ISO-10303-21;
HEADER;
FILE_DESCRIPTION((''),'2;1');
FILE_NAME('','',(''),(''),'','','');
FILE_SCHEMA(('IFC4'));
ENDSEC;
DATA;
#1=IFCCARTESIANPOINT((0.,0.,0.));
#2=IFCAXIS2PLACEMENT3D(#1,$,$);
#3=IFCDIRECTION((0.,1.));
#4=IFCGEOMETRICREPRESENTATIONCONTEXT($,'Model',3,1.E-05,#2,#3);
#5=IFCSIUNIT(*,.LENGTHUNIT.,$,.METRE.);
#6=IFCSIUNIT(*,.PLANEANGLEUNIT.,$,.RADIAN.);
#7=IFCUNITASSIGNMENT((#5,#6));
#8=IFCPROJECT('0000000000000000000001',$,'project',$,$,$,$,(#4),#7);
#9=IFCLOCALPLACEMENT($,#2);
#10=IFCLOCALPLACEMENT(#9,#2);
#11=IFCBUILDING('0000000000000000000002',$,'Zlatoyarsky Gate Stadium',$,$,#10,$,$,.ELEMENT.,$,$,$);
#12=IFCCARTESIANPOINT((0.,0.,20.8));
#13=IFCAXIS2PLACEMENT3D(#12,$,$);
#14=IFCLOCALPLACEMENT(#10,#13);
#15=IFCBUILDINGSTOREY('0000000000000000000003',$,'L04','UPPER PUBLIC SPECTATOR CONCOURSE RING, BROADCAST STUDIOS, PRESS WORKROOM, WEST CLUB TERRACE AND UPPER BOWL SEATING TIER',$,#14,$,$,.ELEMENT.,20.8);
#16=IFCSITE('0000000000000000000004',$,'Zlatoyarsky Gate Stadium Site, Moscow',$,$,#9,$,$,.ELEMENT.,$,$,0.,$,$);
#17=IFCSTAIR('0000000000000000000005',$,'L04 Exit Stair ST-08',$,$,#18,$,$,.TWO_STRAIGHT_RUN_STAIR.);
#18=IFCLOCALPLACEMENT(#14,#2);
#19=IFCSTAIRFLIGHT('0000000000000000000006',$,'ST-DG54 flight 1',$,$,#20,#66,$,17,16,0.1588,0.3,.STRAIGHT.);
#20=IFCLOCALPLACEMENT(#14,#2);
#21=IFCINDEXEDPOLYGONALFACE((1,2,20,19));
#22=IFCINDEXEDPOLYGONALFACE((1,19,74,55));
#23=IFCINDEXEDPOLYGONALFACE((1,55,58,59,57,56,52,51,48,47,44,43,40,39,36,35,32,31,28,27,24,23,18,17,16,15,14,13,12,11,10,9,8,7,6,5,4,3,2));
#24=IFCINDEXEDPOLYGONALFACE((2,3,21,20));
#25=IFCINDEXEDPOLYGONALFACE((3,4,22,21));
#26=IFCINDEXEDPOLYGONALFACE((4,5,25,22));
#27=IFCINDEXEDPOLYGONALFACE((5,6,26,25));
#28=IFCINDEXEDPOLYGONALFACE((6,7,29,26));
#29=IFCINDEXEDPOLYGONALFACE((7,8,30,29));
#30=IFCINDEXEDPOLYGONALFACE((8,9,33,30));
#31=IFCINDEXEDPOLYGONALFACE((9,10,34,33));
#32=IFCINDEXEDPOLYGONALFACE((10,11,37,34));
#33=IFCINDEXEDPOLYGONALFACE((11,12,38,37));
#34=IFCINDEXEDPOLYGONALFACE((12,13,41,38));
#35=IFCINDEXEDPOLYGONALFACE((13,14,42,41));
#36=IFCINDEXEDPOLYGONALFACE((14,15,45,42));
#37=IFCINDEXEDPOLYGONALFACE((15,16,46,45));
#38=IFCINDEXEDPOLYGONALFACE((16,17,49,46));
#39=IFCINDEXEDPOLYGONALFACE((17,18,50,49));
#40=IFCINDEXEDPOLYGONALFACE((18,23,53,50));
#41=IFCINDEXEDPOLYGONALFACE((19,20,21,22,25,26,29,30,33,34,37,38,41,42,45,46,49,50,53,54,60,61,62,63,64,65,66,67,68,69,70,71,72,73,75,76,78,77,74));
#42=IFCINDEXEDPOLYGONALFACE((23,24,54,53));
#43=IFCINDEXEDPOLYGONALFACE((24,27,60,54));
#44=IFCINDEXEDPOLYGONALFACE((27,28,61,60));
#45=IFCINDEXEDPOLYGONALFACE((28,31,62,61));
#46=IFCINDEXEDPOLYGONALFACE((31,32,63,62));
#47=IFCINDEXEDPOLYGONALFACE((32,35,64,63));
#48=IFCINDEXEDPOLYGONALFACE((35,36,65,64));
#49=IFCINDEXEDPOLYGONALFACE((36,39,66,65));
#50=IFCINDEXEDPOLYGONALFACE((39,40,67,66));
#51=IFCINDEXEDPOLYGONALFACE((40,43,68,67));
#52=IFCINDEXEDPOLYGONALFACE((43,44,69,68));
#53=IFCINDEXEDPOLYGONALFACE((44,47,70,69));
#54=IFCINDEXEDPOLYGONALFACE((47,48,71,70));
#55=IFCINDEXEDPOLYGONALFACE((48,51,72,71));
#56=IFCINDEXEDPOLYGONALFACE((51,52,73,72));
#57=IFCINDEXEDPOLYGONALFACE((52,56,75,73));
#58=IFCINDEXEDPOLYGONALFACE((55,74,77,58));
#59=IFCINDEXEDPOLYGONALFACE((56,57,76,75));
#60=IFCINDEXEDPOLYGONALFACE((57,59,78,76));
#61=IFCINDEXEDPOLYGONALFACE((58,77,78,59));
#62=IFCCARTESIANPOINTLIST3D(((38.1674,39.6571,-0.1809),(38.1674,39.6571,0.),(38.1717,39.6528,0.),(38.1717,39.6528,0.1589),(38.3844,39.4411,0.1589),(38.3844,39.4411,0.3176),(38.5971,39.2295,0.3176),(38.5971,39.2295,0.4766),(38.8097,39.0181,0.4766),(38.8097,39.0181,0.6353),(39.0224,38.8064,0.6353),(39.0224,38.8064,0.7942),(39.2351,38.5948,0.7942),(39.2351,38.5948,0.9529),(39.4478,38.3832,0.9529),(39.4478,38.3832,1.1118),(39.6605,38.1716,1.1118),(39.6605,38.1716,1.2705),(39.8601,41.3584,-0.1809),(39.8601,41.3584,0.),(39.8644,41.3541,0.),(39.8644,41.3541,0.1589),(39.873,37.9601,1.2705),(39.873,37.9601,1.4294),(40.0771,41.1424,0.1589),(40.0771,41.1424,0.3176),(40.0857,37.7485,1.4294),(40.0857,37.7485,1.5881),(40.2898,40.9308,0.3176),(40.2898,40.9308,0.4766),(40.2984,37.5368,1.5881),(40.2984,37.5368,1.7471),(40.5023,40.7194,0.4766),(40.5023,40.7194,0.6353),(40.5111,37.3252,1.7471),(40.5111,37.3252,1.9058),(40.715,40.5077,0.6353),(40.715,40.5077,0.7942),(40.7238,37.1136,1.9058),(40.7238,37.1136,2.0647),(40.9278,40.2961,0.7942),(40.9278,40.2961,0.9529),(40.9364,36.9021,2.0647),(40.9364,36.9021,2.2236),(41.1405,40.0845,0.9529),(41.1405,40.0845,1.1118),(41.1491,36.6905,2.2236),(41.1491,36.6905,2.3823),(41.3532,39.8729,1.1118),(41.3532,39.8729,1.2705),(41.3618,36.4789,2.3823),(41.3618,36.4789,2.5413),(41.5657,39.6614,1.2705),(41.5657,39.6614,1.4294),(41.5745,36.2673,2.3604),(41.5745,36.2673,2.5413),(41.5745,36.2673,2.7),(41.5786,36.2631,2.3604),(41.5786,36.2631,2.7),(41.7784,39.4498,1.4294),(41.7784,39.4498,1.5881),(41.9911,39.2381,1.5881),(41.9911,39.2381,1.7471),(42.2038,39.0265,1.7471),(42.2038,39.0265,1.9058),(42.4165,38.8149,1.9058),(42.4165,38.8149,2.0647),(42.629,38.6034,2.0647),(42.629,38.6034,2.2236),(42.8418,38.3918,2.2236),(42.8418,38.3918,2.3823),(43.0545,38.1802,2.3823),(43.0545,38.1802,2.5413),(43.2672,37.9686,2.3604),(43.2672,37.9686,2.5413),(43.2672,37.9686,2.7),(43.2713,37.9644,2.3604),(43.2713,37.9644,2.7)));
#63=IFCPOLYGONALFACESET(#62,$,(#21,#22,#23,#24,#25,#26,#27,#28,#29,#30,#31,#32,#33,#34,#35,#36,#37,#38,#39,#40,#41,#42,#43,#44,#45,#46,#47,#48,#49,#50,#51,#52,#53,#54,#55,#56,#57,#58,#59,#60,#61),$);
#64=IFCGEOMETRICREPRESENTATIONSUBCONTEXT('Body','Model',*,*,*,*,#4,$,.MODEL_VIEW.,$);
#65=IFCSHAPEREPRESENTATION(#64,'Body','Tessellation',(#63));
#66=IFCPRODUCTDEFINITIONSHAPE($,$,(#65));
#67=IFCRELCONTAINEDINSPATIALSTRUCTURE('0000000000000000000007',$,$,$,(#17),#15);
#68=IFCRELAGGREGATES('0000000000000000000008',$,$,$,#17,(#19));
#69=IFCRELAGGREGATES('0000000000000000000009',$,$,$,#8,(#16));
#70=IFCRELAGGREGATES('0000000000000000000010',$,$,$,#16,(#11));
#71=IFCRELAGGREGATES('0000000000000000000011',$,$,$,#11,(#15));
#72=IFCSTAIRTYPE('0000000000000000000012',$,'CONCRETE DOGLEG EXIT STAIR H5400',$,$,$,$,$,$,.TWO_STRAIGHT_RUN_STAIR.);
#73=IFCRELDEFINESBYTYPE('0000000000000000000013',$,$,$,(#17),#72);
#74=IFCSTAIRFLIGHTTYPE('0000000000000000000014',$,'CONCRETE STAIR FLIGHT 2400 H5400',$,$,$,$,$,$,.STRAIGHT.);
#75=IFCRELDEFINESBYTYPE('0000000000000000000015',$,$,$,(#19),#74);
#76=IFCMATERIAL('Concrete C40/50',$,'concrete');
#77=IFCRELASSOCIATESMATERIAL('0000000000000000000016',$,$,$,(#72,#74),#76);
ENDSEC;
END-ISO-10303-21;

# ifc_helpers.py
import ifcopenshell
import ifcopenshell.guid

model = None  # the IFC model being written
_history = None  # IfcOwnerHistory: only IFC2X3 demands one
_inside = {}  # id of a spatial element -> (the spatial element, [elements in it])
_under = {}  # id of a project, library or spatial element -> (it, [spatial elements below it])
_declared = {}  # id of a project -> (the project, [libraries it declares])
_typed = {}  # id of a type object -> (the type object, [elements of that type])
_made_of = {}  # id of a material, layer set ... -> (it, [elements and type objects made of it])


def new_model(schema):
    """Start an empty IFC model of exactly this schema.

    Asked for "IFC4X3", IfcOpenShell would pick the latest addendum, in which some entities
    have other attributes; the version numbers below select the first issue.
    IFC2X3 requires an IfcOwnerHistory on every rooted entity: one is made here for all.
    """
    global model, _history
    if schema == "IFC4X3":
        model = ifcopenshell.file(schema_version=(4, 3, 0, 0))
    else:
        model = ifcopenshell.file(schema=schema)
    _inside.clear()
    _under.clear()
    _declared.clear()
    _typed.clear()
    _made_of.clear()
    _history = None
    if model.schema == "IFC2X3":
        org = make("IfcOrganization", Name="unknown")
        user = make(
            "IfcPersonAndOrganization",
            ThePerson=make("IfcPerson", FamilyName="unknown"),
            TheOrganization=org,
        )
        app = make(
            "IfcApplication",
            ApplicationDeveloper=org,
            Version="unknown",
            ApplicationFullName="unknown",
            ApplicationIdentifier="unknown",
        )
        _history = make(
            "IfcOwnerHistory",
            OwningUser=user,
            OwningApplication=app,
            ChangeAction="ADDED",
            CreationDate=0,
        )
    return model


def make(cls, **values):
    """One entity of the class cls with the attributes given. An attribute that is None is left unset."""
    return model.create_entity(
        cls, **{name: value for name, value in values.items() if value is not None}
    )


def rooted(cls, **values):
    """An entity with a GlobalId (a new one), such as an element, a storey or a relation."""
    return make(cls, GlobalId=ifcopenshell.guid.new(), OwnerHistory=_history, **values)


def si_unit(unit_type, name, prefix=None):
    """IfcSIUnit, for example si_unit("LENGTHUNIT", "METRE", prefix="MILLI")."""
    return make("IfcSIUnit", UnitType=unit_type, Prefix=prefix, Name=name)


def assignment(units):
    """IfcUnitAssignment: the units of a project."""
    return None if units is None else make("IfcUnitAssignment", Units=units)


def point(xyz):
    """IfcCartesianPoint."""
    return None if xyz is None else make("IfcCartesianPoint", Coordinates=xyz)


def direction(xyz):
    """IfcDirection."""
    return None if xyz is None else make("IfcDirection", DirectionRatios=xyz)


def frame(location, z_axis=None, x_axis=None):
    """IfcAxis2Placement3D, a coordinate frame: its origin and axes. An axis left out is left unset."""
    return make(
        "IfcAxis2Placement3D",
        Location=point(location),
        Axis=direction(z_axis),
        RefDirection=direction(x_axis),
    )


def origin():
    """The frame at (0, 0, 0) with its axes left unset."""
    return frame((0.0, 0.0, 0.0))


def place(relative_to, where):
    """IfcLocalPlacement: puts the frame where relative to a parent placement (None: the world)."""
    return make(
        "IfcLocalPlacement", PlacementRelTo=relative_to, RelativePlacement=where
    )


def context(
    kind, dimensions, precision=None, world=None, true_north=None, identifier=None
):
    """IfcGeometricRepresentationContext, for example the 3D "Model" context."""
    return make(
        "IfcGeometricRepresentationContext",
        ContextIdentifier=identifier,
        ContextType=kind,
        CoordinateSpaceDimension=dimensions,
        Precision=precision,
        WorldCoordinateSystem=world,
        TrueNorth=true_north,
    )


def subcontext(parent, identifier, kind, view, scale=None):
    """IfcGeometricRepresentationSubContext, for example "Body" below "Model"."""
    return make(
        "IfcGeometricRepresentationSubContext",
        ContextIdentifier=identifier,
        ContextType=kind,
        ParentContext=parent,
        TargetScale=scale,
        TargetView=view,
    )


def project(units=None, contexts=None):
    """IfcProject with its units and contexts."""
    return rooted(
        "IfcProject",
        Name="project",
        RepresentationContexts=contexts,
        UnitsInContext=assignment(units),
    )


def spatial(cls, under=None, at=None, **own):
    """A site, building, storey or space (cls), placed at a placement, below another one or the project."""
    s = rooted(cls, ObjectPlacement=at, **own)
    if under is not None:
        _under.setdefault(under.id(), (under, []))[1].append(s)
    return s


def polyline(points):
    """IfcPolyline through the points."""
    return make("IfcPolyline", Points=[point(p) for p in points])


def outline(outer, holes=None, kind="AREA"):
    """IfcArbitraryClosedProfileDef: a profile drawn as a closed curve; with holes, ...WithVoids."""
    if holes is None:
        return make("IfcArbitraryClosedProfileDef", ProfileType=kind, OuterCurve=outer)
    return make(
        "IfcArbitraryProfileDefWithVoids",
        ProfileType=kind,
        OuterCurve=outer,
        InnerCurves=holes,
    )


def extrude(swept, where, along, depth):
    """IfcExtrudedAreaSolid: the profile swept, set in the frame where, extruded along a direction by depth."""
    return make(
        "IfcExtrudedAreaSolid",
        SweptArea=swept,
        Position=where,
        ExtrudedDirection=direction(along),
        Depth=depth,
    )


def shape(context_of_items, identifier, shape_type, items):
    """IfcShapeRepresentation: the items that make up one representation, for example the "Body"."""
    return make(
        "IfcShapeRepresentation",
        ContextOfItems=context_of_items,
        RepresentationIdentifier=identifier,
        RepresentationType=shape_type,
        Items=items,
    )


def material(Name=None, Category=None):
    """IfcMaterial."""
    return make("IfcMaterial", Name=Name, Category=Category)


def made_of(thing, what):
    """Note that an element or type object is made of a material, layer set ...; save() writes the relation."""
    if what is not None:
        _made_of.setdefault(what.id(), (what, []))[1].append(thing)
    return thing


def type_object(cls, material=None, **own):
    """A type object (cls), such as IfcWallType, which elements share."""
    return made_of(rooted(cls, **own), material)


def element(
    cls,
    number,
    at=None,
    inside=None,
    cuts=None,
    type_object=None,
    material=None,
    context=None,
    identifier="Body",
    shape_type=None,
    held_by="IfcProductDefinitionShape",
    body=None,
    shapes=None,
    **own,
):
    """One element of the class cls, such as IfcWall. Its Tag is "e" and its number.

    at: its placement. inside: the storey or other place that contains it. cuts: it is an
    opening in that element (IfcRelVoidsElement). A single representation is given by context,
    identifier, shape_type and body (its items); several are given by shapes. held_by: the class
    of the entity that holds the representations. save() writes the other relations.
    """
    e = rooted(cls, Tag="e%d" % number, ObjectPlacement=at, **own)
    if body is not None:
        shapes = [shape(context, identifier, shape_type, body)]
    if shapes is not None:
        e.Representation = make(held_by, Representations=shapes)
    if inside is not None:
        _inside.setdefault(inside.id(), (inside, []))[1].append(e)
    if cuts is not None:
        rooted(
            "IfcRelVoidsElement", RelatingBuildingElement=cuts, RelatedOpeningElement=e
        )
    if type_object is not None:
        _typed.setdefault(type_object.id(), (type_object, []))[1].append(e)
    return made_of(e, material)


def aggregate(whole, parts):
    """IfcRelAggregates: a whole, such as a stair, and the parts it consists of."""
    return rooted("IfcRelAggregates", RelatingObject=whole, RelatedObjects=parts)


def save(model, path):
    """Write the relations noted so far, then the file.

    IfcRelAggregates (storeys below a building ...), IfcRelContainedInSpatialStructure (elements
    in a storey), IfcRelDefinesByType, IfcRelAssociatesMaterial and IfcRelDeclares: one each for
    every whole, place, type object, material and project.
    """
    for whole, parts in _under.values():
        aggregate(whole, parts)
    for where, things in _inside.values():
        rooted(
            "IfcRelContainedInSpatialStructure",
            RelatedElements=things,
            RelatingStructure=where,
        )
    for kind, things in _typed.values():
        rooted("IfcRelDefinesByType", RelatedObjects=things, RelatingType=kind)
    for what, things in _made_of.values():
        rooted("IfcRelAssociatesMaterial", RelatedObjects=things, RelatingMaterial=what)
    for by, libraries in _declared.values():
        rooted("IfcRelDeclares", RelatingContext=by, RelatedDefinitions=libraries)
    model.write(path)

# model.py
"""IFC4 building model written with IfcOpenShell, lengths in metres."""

from ifc_helpers import new_model, si_unit, direction, frame, origin, place, context, subcontext, project, spatial, polyline, outline, extrude, material, type_object, element, aggregate, save


model = new_model("IFC4")

# Units and contexts
model_context = context("Model", 3, precision=1e-05, world=origin(), true_north=direction((0.0, 1.0)))
body_context = subcontext(model_context, "Body", "Model", "MODEL_VIEW")
ifc_project = project(units=[si_unit("LENGTHUNIT", "METRE"), si_unit("PLANEANGLEUNIT", "RADIAN")], contexts=[model_context])

# Site, building, storey
site_placement = place(None, origin())
site = spatial("IfcSite", under=ifc_project, at=site_placement, Name="Zlatoyarsky Gate Stadium Site, Moscow", CompositionType="ELEMENT", RefElevation=0.0)
building_placement = place(site_placement, origin())
building = spatial("IfcBuilding", under=site, at=building_placement, Name="Zlatoyarsky Gate Stadium", CompositionType="ELEMENT")
storey_placement = place(building_placement, frame((0.0, 0.0, 20.8)))
storey = spatial("IfcBuildingStorey", under=building, at=storey_placement, Name="L04", Description="UPPER PUBLIC SPECTATOR CONCOURSE RING, BROADCAST STUDIOS, PRESS WORKROOM, WEST CLUB TERRACE AND UPPER BOWL SEATING TIER", CompositionType="ELEMENT", Elevation=20.8)

# Shared definitions
ifc_material_1 = material(Name="Concrete C40/50", Category="concrete")

# Stair, stair flight
stair_type = type_object("IfcStairType", Name="CONCRETE DOGLEG EXIT STAIR H5400", PredefinedType="TWO_STRAIGHT_RUN_STAIR", material=ifc_material_1)
stair_placement = place(storey_placement, origin())
stair = element("IfcStair", 1, at=stair_placement, inside=storey, type_object=stair_type, Name="L04 Exit Stair ST-08", PredefinedType="TWO_STRAIGHT_RUN_STAIR")
stair_flight_type = type_object("IfcStairFlightType", Name="CONCRETE STAIR FLIGHT 2400 H5400", PredefinedType="STRAIGHT", material=ifc_material_1)
stair_flight_placement = place(storey_placement, frame((39.0181, 40.5034, 0.0), z_axis=(0.0, 0.0, 1.0), x_axis=(0.708901, -0.705308, 0.0)))
stair_flight = element("IfcStairFlight", 2, at=stair_flight_placement, type_object=stair_flight_type, Name="ST-DG54 flight 1", NumberOfRisers=17, NumberOfTreads=16, PredefinedType="STRAIGHT", RiserHeight=0.1588, TreadLength=0.3, context=body_context, shape_type="SweptSolid", body=[
    extrude(outline(polyline([(-0.0061, -0.1809), (-0.0061, 0.0), (0.0, 0.0), (0.0, 0.1589), (0.3, 0.1589), (0.3, 0.3176), (0.6001, 0.3176), (0.6001, 0.4766), (0.8999, 0.4766), (0.8999, 0.6353), (1.2, 0.6353), (1.2, 0.7942), (1.5, 0.7942), (1.5, 0.9529), (1.8, 0.9529), (1.8, 1.1118), (2.1001, 1.1118), (2.1001, 1.2705), (2.3999, 1.2705), (2.3999, 1.4294), (2.7, 1.4294), (2.7, 1.5881), (3.0, 1.5881), (3.0, 1.7471), (3.3, 1.7471), (3.3, 1.9058), (3.6001, 1.9058), (3.6001, 2.0647), (3.8999, 2.0647), (3.8999, 2.2236), (4.2, 2.2236), (4.2, 2.3823), (4.5, 2.3823), (4.5, 2.5413), (4.8, 2.5413), (4.8, 2.7), (4.8059, 2.7), (4.8059, 2.3604), (4.8, 2.3604), (-0.0061, -0.1809)])), frame((0.0, 1.2, 0.0), z_axis=(0.0, -1.0, 0.0), x_axis=(1.0, 0.0, 0.0)), (0.0, 0.0, 1.0), 2.3999),
])
aggregate(stair, [stair_flight])

save(model, "model.ifc")
